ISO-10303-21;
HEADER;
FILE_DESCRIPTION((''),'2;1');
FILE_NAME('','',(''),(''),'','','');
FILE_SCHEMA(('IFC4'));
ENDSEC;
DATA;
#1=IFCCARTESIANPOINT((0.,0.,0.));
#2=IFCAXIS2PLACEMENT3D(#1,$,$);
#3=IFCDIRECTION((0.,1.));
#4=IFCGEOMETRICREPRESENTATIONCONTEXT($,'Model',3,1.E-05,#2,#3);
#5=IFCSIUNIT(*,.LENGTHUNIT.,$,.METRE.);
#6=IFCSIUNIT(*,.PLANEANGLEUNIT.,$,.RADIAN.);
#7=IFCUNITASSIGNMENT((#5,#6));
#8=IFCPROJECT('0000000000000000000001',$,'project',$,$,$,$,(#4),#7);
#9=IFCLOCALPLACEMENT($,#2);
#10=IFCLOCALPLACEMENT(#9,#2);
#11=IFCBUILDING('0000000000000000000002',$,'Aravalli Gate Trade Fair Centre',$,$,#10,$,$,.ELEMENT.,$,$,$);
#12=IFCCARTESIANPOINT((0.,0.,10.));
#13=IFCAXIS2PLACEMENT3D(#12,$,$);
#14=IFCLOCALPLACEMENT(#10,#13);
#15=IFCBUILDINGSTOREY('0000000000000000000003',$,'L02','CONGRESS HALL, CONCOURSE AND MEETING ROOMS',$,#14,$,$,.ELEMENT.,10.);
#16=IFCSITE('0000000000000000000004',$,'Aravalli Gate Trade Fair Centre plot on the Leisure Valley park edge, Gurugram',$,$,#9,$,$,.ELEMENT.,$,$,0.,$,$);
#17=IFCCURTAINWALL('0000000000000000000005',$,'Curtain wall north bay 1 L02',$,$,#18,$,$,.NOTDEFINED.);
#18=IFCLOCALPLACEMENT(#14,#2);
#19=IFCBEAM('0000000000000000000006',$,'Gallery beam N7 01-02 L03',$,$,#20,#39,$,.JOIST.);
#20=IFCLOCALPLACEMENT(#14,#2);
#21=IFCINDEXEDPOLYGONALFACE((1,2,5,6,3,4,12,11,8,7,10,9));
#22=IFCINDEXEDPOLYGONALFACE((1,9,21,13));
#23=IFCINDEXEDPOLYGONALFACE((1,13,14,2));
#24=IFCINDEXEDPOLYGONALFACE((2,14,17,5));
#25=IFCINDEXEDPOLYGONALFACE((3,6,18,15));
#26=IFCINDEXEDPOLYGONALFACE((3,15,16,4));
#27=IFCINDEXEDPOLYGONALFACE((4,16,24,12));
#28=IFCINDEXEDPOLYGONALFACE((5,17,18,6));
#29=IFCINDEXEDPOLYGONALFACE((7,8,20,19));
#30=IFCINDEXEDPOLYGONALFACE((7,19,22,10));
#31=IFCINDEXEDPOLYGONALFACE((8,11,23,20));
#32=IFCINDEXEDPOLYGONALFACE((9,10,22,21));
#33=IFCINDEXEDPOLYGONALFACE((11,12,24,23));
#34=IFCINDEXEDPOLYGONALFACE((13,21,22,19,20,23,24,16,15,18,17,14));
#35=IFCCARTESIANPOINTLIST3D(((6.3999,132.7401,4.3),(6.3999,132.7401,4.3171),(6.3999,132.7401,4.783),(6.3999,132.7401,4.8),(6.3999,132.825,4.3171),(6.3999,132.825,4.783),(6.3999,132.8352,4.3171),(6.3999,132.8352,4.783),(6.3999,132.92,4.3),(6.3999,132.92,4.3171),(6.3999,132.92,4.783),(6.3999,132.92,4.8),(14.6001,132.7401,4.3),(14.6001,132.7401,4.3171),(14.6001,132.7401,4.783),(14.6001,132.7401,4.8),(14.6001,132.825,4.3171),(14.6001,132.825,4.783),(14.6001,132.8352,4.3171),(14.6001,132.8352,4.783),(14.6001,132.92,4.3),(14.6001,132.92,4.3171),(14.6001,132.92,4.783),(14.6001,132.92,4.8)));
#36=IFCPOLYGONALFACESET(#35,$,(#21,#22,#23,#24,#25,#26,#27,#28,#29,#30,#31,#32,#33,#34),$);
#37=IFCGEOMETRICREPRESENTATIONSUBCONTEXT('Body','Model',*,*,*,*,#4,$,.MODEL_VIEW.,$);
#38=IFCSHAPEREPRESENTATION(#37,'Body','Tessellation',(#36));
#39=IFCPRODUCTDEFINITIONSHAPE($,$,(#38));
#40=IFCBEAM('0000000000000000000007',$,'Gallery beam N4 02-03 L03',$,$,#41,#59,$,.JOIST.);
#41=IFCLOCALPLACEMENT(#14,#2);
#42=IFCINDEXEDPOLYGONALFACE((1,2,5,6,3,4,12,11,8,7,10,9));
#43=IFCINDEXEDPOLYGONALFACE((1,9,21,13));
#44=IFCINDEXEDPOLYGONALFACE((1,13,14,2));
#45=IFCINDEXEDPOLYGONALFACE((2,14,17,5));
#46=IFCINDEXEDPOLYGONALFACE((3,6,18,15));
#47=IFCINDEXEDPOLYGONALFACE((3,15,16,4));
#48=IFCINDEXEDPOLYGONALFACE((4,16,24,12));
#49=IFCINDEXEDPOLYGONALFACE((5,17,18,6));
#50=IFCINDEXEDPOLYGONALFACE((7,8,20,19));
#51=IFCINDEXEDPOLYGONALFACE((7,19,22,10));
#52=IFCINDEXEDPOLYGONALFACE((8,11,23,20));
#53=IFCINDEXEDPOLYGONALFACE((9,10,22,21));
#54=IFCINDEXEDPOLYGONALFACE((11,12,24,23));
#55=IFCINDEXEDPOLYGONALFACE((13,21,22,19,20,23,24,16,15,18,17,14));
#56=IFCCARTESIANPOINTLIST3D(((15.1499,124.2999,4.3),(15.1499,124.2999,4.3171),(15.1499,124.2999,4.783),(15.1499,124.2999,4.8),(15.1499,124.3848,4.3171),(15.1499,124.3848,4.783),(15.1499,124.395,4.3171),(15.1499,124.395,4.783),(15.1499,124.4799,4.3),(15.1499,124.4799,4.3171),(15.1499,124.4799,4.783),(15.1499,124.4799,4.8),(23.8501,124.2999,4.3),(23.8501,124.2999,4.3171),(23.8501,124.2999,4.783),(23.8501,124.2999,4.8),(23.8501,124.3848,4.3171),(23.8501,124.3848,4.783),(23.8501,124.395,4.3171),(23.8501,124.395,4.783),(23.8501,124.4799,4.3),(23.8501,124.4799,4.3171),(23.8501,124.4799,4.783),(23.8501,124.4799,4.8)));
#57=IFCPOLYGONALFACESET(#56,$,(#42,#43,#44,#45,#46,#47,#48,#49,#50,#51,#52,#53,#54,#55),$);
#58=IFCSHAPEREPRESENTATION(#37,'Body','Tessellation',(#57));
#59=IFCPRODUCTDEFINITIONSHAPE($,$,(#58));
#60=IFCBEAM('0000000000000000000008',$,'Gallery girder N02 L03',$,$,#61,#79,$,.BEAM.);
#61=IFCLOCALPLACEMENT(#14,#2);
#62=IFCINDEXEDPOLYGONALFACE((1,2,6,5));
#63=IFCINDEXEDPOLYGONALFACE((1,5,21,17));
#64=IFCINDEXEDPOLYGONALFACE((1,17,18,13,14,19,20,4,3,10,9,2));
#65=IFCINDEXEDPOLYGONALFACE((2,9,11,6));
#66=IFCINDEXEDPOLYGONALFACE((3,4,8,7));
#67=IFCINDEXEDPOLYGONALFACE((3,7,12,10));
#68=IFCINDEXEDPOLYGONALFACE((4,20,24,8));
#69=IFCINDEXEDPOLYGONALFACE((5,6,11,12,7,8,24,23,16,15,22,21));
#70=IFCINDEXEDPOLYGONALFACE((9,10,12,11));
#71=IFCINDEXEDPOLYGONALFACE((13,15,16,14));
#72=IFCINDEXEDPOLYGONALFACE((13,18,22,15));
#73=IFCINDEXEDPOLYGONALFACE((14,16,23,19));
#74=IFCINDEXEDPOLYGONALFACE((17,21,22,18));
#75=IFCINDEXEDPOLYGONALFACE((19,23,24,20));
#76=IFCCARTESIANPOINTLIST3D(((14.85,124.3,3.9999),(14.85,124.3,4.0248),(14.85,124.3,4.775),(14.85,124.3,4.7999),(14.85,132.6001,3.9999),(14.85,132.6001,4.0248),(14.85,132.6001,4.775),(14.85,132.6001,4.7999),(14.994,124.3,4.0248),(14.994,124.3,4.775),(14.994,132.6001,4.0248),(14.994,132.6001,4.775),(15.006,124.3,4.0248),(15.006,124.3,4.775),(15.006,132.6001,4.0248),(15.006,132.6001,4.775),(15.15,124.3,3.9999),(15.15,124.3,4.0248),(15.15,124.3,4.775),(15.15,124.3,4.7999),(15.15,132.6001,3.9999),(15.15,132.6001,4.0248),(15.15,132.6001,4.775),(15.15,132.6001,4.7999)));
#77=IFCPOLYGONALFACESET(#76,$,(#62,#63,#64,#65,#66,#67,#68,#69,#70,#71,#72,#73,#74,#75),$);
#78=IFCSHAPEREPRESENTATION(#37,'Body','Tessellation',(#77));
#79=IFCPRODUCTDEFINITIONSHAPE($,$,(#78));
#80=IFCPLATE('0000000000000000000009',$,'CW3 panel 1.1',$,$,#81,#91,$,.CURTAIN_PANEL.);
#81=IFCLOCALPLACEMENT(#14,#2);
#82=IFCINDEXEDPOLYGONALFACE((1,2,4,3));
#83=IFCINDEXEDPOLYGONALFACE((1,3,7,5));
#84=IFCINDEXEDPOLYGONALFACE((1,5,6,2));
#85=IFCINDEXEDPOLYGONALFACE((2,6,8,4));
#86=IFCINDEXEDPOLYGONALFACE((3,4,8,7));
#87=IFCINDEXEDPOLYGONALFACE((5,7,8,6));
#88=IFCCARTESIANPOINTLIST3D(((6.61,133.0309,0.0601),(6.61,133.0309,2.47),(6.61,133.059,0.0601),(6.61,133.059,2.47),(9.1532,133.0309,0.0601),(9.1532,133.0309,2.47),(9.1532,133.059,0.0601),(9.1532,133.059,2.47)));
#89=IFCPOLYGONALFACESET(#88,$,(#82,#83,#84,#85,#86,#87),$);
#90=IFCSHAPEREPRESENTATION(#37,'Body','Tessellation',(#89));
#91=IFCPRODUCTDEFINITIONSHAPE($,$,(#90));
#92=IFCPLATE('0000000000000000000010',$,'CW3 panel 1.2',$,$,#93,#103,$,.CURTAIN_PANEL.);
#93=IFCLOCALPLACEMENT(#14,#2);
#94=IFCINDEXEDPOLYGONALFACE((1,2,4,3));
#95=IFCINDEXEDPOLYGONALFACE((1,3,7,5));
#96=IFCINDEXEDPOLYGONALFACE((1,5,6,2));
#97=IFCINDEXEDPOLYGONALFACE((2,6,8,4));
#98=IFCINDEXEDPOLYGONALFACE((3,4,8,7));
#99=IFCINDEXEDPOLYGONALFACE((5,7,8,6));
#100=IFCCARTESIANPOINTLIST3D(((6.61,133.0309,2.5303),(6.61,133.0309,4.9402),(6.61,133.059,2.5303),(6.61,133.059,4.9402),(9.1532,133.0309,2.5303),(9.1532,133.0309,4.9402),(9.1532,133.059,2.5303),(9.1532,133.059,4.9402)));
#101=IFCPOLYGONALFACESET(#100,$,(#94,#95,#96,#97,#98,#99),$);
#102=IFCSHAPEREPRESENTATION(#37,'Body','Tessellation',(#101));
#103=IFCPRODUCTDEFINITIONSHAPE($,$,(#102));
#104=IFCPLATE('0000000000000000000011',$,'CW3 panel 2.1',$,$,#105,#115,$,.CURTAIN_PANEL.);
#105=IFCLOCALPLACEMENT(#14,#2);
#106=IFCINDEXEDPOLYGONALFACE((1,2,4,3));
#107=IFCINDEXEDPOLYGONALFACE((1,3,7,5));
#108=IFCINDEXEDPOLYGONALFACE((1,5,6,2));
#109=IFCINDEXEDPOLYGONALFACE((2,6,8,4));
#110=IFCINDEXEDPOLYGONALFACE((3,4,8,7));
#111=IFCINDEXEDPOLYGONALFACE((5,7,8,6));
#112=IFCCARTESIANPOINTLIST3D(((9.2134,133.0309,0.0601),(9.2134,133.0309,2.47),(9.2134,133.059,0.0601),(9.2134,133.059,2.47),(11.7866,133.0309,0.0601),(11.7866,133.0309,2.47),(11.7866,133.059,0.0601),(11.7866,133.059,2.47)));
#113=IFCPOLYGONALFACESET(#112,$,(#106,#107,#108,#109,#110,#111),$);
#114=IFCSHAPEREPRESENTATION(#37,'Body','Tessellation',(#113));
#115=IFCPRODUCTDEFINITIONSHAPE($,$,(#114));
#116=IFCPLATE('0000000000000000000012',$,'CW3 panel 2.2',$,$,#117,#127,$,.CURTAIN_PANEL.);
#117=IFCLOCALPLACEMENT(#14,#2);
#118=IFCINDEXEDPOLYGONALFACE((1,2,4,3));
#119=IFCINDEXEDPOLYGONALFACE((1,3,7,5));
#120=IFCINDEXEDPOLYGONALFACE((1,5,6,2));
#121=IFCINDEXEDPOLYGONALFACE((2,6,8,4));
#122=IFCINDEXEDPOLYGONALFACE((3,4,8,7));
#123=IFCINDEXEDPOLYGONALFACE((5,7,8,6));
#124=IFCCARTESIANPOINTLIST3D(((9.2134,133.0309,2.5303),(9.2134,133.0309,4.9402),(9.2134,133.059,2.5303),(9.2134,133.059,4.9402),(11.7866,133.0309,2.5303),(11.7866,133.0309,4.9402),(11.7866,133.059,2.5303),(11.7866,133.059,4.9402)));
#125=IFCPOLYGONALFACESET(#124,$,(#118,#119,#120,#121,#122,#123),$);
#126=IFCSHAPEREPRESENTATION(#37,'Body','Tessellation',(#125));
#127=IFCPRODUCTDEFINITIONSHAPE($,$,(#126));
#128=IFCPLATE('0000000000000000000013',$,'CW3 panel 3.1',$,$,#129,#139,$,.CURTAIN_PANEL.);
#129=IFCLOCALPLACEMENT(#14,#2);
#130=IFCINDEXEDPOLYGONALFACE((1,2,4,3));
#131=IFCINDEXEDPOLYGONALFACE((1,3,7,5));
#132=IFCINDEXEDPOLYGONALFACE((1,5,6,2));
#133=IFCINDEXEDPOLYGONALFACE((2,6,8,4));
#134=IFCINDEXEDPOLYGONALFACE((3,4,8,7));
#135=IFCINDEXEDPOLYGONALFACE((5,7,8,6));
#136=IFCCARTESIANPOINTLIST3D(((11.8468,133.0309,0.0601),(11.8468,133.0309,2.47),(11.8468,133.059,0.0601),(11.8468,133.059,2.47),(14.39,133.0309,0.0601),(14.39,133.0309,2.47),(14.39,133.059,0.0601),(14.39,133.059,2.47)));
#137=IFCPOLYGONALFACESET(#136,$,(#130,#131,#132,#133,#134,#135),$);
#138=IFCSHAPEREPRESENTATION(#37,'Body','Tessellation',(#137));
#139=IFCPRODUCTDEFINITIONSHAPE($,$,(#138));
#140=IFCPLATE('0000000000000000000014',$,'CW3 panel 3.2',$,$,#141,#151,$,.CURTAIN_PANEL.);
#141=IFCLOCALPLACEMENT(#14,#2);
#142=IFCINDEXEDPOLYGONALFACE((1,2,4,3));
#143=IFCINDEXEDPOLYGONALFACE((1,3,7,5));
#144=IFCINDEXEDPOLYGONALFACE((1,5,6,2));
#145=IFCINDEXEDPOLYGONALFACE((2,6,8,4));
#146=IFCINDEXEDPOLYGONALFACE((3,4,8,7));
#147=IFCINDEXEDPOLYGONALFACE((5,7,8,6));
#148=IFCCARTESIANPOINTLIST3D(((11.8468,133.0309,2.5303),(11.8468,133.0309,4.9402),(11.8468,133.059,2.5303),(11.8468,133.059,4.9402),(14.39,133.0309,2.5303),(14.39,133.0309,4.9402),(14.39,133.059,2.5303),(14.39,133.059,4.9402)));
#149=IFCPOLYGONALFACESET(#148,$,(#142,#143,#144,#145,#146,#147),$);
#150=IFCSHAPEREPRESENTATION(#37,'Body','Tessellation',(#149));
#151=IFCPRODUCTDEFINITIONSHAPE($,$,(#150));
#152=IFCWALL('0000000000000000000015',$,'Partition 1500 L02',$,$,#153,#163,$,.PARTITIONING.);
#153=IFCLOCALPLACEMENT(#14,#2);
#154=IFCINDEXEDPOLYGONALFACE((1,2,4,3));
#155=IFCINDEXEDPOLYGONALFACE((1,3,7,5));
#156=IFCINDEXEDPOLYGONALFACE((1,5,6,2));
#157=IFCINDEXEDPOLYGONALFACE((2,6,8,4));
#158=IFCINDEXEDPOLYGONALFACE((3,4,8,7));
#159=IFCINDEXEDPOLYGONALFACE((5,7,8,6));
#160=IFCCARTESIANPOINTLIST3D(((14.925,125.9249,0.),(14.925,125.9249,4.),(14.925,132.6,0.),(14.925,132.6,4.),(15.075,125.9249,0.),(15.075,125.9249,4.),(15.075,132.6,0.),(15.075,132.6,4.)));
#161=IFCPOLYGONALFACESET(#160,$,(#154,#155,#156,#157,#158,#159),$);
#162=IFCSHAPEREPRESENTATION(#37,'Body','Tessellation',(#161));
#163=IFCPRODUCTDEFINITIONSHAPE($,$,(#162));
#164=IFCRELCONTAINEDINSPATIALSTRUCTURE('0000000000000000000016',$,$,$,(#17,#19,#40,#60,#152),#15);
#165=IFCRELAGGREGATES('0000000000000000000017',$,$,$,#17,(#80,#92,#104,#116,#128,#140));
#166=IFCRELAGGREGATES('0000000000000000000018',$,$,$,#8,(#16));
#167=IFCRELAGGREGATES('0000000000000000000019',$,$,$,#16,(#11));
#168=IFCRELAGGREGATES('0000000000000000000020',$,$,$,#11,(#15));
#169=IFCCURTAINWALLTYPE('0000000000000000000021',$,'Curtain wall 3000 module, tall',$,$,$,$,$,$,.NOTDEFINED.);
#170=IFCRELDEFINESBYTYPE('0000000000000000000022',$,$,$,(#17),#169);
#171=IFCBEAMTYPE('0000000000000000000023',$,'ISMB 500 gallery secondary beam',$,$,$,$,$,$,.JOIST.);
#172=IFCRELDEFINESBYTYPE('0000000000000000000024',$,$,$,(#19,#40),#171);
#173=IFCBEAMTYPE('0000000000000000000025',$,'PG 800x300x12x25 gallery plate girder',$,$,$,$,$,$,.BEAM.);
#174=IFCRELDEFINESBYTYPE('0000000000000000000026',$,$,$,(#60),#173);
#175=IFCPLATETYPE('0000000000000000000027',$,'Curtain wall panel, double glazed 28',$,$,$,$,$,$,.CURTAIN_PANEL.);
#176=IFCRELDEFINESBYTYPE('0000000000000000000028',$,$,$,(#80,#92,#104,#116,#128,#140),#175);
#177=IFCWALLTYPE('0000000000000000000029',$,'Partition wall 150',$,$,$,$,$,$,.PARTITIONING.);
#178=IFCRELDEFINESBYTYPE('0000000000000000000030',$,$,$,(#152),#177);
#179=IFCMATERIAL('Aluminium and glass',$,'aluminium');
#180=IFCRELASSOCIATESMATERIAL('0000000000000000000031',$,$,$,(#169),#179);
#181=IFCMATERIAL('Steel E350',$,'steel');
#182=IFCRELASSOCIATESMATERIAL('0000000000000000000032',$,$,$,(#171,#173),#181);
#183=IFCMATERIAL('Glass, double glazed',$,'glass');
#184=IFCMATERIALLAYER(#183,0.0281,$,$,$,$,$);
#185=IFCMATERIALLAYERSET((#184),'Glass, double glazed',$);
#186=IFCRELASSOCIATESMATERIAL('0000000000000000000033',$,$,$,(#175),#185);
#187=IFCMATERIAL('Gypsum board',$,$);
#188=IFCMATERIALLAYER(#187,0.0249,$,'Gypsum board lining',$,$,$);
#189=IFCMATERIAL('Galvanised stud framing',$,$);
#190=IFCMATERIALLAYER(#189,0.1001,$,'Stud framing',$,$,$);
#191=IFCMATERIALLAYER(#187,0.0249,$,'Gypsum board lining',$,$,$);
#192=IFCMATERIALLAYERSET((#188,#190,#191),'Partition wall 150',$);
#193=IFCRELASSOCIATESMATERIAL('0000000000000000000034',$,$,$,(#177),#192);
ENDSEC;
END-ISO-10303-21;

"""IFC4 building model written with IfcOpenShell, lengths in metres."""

from ifc_helpers import new_model, si_unit, direction, frame, frame_2d, origin, origin_2d, place, context, subcontext, project, spatial, rectangle, i_section, extrude, material, layer, layer_set, material_profile, profile_set, type_object, element, aggregate, save


model = new_model("IFC4")

# Units and contexts
model_context = context("Model", 3, precision=1e-05, world=origin(), true_north=direction((0.0, 1.0)))
body_context = subcontext(model_context, "Body", "Model", "MODEL_VIEW")
ifc_project = project(units=[si_unit("LENGTHUNIT", "METRE"), si_unit("PLANEANGLEUNIT", "RADIAN")], contexts=[model_context])

# Site, building, storey
site_placement = place(None, origin())
site = spatial("IfcSite", under=ifc_project, at=site_placement, Name="Aravalli Gate Trade Fair Centre plot on the Leisure Valley park edge, Gurugram", CompositionType="ELEMENT", RefElevation=0.0)
building_placement = place(site_placement, origin())
building = spatial("IfcBuilding", under=site, at=building_placement, Name="Aravalli Gate Trade Fair Centre", CompositionType="ELEMENT")
storey_placement = place(building_placement, frame((0.0, 0.0, 10.0)))
storey = spatial("IfcBuildingStorey", under=building, at=storey_placement, Name="L02", Description="CONGRESS HALL, CONCOURSE AND MEETING ROOMS", CompositionType="ELEMENT", Elevation=10.0)

# Curtain wall
ifc_material_1 = material(Name="Aluminium and glass", Category="aluminium")
curtain_wall_type = type_object("IfcCurtainWallType", Name="Curtain wall 3000 module, tall", PredefinedType="NOTDEFINED", material=ifc_material_1)
curtain_wall_placement = place(storey_placement, origin())
curtain_wall = element("IfcCurtainWall", 1, at=curtain_wall_placement, inside=storey, type_object=curtain_wall_type, Name="Curtain wall north bay 1 L02", PredefinedType="NOTDEFINED")

# Beams
ifc_material_2 = material(Name="Steel E350", Category="steel")
ifc_material_profile_1 = material_profile(ifc_material_2, i_section(OverallWidth=0.1799, OverallDepth=0.5, WebThickness=0.0103, FlangeThickness=0.0171, at=origin_2d()), Name="ISMB 500")
ifc_profile_set_1 = profile_set([ifc_material_profile_1], Name="Steel E350")
beam_type_1 = type_object("IfcBeamType", Name="ISMB 500 gallery secondary beam", PredefinedType="JOIST", material=ifc_profile_set_1)
beam_1_placement = place(storey_placement, frame((6.3999, 132.8301, 4.55), z_axis=(1.0, 0.0, 0.0), x_axis=(0.0, 1.0, 0.0)))
element("IfcBeam", 2, at=beam_1_placement, inside=storey, type_object=beam_type_1, Name="Gallery beam N7 01-02 L03", PredefinedType="JOIST", context=body_context, shape_type="SweptSolid", body=[
    extrude(i_section(OverallWidth=0.1799, OverallDepth=0.5, WebThickness=0.0103, FlangeThickness=0.0171, at=origin_2d()), origin(), (0.0, 0.0, 1.0), 8.2002),
])
beam_2_placement = place(storey_placement, frame((15.1499, 124.3899, 4.55), z_axis=(1.0, 0.0, 0.0), x_axis=(0.0, 1.0, 0.0)))
element("IfcBeam", 3, at=beam_2_placement, inside=storey, type_object=beam_type_1, Name="Gallery beam N4 02-03 L03", PredefinedType="JOIST", context=body_context, shape_type="SweptSolid", body=[
    extrude(i_section(OverallWidth=0.1799, OverallDepth=0.5, WebThickness=0.0103, FlangeThickness=0.0171, at=origin_2d()), origin(), (0.0, 0.0, 1.0), 8.7002),
])
ifc_material_profile_2 = material_profile(ifc_material_2, i_section(OverallWidth=0.3, OverallDepth=0.8, WebThickness=0.012, FlangeThickness=0.0249, at=origin_2d()), Name="PG 800x300x12x25")
ifc_profile_set_2 = profile_set([ifc_material_profile_2], Name="Steel E350")
beam_type_2 = type_object("IfcBeamType", Name="PG 800x300x12x25 gallery plate girder", PredefinedType="BEAM", material=ifc_profile_set_2)
beam_3_placement = place(storey_placement, frame((15.0, 124.3, 4.3999), z_axis=(0.0, 1.0, 0.0), x_axis=(-1.0, 0.0, 0.0)))
element("IfcBeam", 4, at=beam_3_placement, inside=storey, type_object=beam_type_2, Name="Gallery girder N02 L03", PredefinedType="BEAM", context=body_context, shape_type="SweptSolid", body=[
    extrude(i_section(OverallWidth=0.3, OverallDepth=0.8, WebThickness=0.012, FlangeThickness=0.0249, at=origin_2d()), origin(), (0.0, 0.0, 1.0), 8.3),
])

# Plates
ifc_material_3 = material(Name="Glass, double glazed", Category="glass")
ifc_layer_1 = layer(ifc_material_3, 0.0281)
ifc_layer_set_1 = layer_set([ifc_layer_1], Name="Glass, double glazed")
plate_type = type_object("IfcPlateType", Name="Curtain wall panel, double glazed 28", PredefinedType="CURTAIN_PANEL", material=ifc_layer_set_1)
plate_1_placement = place(storey_placement, frame((7.8816, 133.0449, 0.0601), z_axis=(0.0, 0.0, 1.0), x_axis=(1.0, 0.0, 0.0)))
plate_1 = element("IfcPlate", 5, at=plate_1_placement, type_object=plate_type, Name="CW3 panel 1.1", PredefinedType="CURTAIN_PANEL", context=body_context, shape_type="SweptSolid", body=[
    extrude(rectangle(XDim=2.5432, YDim=0.0281, at=origin_2d()), origin(), (0.0, 0.0, 1.0), 2.4099),
])
plate_2_placement = place(storey_placement, frame((7.8816, 133.0449, 2.5303), z_axis=(0.0, 0.0, 1.0), x_axis=(1.0, 0.0, 0.0)))
plate_2 = element("IfcPlate", 6, at=plate_2_placement, type_object=plate_type, Name="CW3 panel 1.2", PredefinedType="CURTAIN_PANEL", context=body_context, shape_type="SweptSolid", body=[
    extrude(rectangle(XDim=2.5432, YDim=0.0281, at=origin_2d()), origin(), (0.0, 0.0, 1.0), 2.4099),
])
plate_3_placement = place(storey_placement, frame((10.5, 133.0449, 0.0601), z_axis=(0.0, 0.0, 1.0), x_axis=(1.0, 0.0, 0.0)))
plate_3 = element("IfcPlate", 7, at=plate_3_placement, type_object=plate_type, Name="CW3 panel 2.1", PredefinedType="CURTAIN_PANEL", context=body_context, shape_type="SweptSolid", body=[
    extrude(rectangle(XDim=2.5732, YDim=0.0281, at=origin_2d()), origin(), (0.0, 0.0, 1.0), 2.4099),
])
plate_4_placement = place(storey_placement, frame((10.5, 133.0449, 2.5303), z_axis=(0.0, 0.0, 1.0), x_axis=(1.0, 0.0, 0.0)))
plate_4 = element("IfcPlate", 8, at=plate_4_placement, type_object=plate_type, Name="CW3 panel 2.2", PredefinedType="CURTAIN_PANEL", context=body_context, shape_type="SweptSolid", body=[
    extrude(rectangle(XDim=2.5732, YDim=0.0281, at=origin_2d()), origin(), (0.0, 0.0, 1.0), 2.4099),
])
plate_5_placement = place(storey_placement, frame((13.1184, 133.0449, 0.0601), z_axis=(0.0, 0.0, 1.0), x_axis=(1.0, 0.0, 0.0)))
plate_5 = element("IfcPlate", 9, at=plate_5_placement, type_object=plate_type, Name="CW3 panel 3.1", PredefinedType="CURTAIN_PANEL", context=body_context, shape_type="SweptSolid", body=[
    extrude(rectangle(XDim=2.5432, YDim=0.0281, at=origin_2d()), origin(), (0.0, 0.0, 1.0), 2.4099),
])
plate_6_placement = place(storey_placement, frame((13.1184, 133.0449, 2.5303), z_axis=(0.0, 0.0, 1.0), x_axis=(1.0, 0.0, 0.0)))
plate_6 = element("IfcPlate", 10, at=plate_6_placement, type_object=plate_type, Name="CW3 panel 3.2", PredefinedType="CURTAIN_PANEL", context=body_context, shape_type="SweptSolid", body=[
    extrude(rectangle(XDim=2.5432, YDim=0.0281, at=origin_2d()), origin(), (0.0, 0.0, 1.0), 2.4099),
])
aggregate(curtain_wall, [plate_1, plate_2, plate_3, plate_4, plate_5, plate_6])

# Wall
ifc_material_4 = material(Name="Gypsum board")
ifc_layer_2 = layer(ifc_material_4, 0.0249, Name="Gypsum board lining")
ifc_material_5 = material(Name="Galvanised stud framing")
ifc_layer_3 = layer(ifc_material_5, 0.1001, Name="Stud framing")
ifc_layer_4 = layer(ifc_material_4, 0.0249, Name="Gypsum board lining")
ifc_layer_set_2 = layer_set([ifc_layer_2, ifc_layer_3, ifc_layer_4], Name="Partition wall 150")
wall_type = type_object("IfcWallType", Name="Partition wall 150", PredefinedType="PARTITIONING", material=ifc_layer_set_2)
wall_1_placement = place(storey_placement, frame((15.0, 125.925, 0.0), z_axis=(0.0, 0.0, 1.0), x_axis=(0.0, 1.0, 0.0)))
element("IfcWall", 11, at=wall_1_placement, inside=storey, type_object=wall_type, Name="Partition 1500 L02", PredefinedType="PARTITIONING", context=body_context, shape_type="SweptSolid", body=[
    extrude(rectangle(XDim=6.675, YDim=0.1499, at=frame_2d((3.3374, 0.0))), origin(), (0.0, 0.0, 1.0), 4.0),
])

save(model, "model.ifc")
